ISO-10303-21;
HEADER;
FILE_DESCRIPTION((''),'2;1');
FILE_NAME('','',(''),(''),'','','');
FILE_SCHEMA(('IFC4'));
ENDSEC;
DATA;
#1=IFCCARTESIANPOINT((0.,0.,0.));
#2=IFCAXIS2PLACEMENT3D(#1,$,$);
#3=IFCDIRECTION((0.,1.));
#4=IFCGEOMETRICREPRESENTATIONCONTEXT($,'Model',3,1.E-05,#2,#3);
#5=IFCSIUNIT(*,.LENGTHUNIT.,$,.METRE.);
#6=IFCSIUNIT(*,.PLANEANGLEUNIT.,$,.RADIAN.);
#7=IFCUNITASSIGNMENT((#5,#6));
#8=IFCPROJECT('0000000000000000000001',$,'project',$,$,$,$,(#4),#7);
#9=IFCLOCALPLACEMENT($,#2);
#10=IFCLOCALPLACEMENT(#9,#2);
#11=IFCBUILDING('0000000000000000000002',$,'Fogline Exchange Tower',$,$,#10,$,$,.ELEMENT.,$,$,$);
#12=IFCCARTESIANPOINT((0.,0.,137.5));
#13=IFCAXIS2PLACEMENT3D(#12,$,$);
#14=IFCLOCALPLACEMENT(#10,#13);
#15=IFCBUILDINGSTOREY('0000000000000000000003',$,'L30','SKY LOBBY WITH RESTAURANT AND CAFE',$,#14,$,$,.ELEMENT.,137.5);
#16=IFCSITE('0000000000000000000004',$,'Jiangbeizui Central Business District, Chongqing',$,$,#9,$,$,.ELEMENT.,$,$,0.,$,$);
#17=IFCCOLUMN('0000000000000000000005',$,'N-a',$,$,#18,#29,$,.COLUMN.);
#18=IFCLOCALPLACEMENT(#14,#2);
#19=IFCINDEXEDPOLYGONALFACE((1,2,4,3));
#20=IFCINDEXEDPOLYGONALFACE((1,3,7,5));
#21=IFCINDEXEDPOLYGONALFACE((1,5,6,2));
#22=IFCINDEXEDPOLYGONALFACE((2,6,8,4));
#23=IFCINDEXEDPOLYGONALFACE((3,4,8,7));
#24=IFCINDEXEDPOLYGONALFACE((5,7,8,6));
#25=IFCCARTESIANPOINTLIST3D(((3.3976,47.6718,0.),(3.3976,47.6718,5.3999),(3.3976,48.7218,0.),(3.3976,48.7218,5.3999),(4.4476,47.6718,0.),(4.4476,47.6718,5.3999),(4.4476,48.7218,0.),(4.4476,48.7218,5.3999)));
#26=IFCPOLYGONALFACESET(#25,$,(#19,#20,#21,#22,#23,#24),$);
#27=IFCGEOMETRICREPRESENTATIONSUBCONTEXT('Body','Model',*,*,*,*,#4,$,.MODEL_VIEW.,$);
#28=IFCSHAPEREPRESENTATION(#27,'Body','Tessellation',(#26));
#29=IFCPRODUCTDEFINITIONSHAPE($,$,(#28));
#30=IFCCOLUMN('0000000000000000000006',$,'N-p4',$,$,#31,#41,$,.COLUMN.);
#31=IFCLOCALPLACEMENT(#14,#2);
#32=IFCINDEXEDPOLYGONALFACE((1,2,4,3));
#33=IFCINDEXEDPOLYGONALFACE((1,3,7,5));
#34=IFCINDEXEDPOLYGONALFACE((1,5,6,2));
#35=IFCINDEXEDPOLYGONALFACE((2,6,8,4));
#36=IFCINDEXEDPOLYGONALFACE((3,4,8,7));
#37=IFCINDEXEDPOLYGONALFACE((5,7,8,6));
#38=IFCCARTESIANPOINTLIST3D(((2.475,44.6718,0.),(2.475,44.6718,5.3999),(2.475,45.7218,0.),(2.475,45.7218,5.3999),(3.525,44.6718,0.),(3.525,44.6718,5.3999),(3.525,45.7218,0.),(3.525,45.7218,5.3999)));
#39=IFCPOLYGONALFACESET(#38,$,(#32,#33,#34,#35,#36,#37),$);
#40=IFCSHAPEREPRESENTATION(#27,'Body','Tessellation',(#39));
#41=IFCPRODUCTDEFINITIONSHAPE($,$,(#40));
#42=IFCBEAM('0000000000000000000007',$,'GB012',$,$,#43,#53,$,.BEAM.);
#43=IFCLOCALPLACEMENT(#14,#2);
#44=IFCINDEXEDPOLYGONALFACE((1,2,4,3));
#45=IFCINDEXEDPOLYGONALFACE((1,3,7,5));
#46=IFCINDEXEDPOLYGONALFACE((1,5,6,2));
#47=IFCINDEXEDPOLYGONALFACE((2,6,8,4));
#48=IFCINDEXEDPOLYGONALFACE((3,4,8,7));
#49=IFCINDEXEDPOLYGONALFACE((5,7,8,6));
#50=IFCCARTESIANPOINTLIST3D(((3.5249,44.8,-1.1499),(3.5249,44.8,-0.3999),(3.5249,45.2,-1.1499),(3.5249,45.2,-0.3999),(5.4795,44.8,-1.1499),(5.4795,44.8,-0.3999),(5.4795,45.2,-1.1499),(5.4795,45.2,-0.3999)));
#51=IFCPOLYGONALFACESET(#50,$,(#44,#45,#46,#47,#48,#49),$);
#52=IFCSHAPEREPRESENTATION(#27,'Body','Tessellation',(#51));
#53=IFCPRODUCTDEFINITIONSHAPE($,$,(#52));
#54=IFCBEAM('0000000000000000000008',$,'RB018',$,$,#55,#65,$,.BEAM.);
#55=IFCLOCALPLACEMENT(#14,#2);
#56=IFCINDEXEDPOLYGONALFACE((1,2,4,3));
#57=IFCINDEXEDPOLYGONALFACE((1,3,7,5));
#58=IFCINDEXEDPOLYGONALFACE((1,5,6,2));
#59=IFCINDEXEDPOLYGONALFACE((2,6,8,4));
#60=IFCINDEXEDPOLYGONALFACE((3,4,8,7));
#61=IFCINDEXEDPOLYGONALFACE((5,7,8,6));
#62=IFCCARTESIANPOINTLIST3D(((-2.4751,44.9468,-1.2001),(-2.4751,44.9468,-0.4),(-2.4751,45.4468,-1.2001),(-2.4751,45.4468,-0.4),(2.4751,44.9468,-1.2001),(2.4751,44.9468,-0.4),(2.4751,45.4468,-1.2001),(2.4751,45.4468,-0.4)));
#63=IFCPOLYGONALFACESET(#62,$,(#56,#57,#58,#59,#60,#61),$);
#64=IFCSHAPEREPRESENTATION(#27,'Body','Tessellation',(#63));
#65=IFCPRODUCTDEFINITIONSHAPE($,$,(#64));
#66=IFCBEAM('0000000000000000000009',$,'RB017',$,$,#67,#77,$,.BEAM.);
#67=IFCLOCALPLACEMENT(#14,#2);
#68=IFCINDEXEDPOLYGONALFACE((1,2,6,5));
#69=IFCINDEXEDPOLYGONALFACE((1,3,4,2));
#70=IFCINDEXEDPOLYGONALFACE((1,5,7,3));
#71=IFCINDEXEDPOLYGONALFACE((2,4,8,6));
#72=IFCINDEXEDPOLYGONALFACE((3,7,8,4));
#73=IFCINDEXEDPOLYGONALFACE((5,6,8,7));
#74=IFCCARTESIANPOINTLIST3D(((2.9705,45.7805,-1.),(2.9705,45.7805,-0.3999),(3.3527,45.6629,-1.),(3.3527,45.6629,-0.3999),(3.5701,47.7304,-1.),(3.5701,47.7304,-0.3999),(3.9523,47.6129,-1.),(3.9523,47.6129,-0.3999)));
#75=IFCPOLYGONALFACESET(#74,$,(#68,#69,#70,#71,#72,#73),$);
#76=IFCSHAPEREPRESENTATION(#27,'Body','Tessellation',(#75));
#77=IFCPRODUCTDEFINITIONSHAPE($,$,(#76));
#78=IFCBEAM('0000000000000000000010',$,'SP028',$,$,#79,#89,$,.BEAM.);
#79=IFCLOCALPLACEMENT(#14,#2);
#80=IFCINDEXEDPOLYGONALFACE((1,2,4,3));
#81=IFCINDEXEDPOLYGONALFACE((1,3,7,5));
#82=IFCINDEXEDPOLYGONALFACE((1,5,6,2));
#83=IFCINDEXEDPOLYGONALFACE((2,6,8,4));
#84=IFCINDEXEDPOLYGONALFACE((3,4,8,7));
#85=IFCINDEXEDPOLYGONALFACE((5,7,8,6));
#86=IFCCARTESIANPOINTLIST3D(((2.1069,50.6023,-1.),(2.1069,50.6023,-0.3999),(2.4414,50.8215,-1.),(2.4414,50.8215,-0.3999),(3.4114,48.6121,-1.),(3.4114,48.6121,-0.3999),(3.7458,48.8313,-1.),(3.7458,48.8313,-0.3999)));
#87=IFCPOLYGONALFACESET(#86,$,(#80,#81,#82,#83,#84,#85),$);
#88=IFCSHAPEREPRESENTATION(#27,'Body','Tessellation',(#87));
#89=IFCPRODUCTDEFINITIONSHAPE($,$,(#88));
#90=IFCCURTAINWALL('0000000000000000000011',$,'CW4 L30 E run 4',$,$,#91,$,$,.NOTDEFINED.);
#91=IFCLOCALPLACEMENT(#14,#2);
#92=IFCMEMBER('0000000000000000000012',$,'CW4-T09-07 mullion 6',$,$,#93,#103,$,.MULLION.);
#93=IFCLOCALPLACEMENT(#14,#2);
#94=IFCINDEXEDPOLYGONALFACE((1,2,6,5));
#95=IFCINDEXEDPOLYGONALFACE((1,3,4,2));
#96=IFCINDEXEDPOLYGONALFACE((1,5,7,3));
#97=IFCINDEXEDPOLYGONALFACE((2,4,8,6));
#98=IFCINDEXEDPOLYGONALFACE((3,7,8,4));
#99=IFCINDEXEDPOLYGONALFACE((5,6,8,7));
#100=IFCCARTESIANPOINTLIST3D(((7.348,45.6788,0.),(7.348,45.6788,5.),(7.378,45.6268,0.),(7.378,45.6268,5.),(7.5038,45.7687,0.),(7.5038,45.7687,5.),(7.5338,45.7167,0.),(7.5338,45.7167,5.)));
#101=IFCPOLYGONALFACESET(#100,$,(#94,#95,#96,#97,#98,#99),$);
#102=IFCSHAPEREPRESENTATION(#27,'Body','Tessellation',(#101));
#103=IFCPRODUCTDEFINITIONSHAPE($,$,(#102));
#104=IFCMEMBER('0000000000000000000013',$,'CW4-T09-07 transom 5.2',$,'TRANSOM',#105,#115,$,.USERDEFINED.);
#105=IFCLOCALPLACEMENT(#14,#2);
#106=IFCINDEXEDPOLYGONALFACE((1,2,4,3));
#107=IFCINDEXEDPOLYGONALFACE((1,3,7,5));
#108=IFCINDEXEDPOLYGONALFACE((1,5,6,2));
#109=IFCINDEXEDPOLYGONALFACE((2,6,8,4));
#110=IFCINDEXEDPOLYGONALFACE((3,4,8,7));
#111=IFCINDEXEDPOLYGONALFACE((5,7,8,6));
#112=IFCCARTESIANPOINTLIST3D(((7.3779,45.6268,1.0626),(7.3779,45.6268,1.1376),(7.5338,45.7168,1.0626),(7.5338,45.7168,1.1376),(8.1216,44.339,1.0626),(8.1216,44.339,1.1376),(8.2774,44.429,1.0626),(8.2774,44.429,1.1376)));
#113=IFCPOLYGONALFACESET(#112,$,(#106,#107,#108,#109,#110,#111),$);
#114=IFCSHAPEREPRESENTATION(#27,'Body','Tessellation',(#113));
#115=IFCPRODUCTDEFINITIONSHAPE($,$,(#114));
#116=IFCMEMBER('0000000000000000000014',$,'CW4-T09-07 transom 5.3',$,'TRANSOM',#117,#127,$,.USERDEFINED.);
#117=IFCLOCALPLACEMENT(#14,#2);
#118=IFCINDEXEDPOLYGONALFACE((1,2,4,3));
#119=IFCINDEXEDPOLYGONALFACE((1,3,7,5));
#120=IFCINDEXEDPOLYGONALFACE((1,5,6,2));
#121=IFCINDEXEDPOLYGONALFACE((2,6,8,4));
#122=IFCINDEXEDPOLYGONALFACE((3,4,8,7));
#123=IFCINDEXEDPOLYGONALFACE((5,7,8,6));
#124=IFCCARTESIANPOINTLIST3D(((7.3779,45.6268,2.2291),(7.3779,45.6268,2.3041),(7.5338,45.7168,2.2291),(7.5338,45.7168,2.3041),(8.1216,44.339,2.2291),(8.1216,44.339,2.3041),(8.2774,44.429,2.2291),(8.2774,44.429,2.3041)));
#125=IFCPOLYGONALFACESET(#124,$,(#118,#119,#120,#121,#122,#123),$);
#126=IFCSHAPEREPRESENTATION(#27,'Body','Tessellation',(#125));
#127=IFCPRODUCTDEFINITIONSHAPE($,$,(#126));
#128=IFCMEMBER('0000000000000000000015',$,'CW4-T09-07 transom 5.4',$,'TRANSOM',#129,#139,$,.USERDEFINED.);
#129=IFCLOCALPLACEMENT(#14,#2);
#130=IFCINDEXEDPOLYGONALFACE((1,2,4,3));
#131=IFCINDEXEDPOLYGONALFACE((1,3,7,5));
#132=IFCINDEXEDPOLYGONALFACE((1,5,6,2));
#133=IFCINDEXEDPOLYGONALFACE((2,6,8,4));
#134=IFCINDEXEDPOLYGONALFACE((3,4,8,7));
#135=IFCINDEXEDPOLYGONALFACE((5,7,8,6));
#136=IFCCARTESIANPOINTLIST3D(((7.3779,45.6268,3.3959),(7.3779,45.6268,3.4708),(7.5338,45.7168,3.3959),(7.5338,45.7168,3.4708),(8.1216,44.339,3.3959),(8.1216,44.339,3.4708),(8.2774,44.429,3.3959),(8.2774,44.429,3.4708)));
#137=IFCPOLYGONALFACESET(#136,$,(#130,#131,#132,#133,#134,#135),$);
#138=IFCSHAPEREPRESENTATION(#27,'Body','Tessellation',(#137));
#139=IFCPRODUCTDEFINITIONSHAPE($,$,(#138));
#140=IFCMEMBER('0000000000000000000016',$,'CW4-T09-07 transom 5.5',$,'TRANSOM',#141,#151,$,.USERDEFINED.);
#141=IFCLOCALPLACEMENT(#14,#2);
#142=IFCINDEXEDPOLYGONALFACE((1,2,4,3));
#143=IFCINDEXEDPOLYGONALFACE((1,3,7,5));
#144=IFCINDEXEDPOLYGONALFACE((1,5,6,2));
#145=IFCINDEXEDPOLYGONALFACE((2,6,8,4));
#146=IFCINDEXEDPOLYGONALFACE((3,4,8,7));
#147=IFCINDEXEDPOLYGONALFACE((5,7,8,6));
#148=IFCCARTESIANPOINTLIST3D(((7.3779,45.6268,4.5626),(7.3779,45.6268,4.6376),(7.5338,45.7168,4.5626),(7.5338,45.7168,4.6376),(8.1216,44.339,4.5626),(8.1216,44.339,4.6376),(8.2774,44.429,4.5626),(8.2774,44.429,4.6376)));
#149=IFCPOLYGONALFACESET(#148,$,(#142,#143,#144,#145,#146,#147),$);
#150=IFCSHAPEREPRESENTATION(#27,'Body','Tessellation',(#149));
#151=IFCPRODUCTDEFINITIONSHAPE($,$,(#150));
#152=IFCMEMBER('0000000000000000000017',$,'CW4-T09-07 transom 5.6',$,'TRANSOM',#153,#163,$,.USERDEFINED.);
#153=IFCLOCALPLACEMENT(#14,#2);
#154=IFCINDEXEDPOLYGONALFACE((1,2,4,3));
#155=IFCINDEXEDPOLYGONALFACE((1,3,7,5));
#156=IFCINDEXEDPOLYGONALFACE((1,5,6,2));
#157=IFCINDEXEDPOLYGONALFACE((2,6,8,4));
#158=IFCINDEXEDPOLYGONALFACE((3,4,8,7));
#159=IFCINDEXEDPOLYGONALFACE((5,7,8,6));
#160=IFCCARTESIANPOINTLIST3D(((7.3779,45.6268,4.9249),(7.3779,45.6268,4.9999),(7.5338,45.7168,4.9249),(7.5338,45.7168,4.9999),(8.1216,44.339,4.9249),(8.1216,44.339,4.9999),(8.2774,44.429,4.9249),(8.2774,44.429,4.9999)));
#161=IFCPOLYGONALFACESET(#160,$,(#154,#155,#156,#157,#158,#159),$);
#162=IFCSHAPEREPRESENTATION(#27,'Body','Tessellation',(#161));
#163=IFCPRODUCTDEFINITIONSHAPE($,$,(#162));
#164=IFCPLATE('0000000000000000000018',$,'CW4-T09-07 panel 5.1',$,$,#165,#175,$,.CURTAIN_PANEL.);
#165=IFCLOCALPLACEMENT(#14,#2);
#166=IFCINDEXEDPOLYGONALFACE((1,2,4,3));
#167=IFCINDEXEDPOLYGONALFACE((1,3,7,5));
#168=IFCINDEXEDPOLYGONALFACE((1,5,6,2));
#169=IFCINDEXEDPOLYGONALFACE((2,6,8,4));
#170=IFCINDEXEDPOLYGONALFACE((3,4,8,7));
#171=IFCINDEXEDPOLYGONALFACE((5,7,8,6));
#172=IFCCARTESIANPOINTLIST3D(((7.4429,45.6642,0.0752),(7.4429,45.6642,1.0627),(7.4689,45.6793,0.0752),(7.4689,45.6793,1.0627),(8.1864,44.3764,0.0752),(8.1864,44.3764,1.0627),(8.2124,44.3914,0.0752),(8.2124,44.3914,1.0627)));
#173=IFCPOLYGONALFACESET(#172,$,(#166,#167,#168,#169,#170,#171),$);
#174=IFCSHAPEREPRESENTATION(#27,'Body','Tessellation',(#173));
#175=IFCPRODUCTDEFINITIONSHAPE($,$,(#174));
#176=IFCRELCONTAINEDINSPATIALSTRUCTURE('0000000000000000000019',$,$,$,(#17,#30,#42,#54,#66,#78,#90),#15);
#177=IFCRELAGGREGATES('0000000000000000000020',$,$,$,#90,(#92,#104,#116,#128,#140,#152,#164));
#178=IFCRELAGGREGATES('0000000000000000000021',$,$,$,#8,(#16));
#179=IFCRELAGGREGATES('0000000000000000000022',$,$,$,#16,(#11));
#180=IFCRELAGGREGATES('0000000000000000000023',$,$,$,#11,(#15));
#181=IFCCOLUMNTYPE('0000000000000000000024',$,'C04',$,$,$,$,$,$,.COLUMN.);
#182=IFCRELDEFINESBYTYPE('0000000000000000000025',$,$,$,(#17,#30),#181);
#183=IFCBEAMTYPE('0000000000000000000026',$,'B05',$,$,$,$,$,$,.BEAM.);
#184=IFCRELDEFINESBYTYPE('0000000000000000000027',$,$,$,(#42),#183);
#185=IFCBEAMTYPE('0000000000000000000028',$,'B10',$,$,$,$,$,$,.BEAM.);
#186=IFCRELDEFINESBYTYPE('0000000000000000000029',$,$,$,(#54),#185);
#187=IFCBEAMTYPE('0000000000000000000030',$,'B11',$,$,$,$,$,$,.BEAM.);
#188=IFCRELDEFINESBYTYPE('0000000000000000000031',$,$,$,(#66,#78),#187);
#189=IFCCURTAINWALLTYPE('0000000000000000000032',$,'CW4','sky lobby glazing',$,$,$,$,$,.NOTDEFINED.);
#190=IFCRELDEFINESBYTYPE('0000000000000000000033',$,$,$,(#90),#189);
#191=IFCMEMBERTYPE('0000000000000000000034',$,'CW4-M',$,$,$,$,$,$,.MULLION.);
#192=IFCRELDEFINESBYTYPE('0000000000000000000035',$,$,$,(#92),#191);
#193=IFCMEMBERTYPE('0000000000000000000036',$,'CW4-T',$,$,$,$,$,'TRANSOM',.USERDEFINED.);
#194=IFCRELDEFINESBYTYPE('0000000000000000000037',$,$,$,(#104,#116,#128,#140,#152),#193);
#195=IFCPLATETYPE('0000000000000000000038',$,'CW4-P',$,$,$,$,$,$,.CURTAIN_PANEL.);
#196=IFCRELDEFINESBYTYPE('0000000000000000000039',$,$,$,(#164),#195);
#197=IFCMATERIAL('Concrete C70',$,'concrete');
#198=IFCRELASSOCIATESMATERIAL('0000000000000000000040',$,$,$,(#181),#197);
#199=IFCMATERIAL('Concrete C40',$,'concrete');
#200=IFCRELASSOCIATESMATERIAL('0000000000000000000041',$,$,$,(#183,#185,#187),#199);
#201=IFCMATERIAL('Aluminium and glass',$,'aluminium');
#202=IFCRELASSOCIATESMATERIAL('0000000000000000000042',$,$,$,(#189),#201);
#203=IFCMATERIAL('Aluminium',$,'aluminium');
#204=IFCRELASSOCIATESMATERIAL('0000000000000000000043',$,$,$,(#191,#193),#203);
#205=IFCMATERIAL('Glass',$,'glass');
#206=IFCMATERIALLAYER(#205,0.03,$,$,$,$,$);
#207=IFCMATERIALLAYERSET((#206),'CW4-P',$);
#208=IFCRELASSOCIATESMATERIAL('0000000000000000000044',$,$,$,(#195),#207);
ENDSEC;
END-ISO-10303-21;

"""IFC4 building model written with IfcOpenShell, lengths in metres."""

from ifc_helpers import new_model, si_unit, direction, frame, origin, origin_2d, place, context, subcontext, project, spatial, rectangle, extrude, material, layer, layer_set, material_profile, profile_set, type_object, element, aggregate, save


model = new_model("IFC4")

# Units and contexts
model_context = context("Model", 3, precision=1e-05, world=origin(), true_north=direction((0.0, 1.0)))
body_context = subcontext(model_context, "Body", "Model", "MODEL_VIEW")
ifc_project = project(units=[si_unit("LENGTHUNIT", "METRE"), si_unit("PLANEANGLEUNIT", "RADIAN")], contexts=[model_context])

# Site, building, storey
site_placement = place(None, origin())
site = spatial("IfcSite", under=ifc_project, at=site_placement, Name="Jiangbeizui Central Business District, Chongqing", CompositionType="ELEMENT", RefElevation=0.0)
building_placement = place(site_placement, origin())
building = spatial("IfcBuilding", under=site, at=building_placement, Name="Fogline Exchange Tower", CompositionType="ELEMENT")
storey_placement = place(building_placement, frame((0.0, 0.0, 137.5)))
storey = spatial("IfcBuildingStorey", under=building, at=storey_placement, Name="L30", Description="SKY LOBBY WITH RESTAURANT AND CAFE", CompositionType="ELEMENT", Elevation=137.5)

# Columns
ifc_material_1 = material(Name="Concrete C70", Category="concrete")
ifc_material_profile_1 = material_profile(ifc_material_1, rectangle(XDim=1.05, YDim=1.05, at=origin_2d()), Name="RC 1050x1050")
ifc_profile_set_1 = profile_set([ifc_material_profile_1], Name="Concrete C70")
column_type = type_object("IfcColumnType", Name="C04", PredefinedType="COLUMN", material=ifc_profile_set_1)
for number, where, z_axis, x_axis, name in (
    (1, (3.9226, 48.1968, 0.0), (0.0, 0.0, 1.0), (1.0, 0.0, 0.0), "N-a"),
    (2, (3.0, 45.1968, 0.0), (0.0, 0.0, 1.0), (1.0, 0.0, 0.0), "N-p4"),
):
    element("IfcColumn", number, at=place(storey_placement, frame(where, z_axis=z_axis, x_axis=x_axis)), inside=storey, type_object=column_type, Name=name, PredefinedType="COLUMN", context=body_context, shape_type="SweptSolid", body=[
        extrude(rectangle(XDim=1.05, YDim=1.05, at=origin_2d()), origin(), (0.0, 0.0, 1.0), 5.3999),
    ])

# Beams
ifc_material_2 = material(Name="Concrete C40", Category="concrete")
ifc_material_profile_2 = material_profile(ifc_material_2, rectangle(XDim=0.3999, YDim=0.75, at=origin_2d()), Name="RC 400x750")
ifc_profile_set_2 = profile_set([ifc_material_profile_2], Name="Concrete C40")
beam_type_1 = type_object("IfcBeamType", Name="B05", PredefinedType="BEAM", material=ifc_profile_set_2)
beam_1_placement = place(storey_placement, frame((3.5249, 45.0, -0.7749), z_axis=(1.0, 0.0, 0.0), x_axis=(0.0, 1.0, 0.0)))
element("IfcBeam", 3, at=beam_1_placement, inside=storey, type_object=beam_type_1, Name="GB012", PredefinedType="BEAM", context=body_context, shape_type="SweptSolid", body=[
    extrude(rectangle(XDim=0.3999, YDim=0.75, at=origin_2d()), origin(), (0.0, 0.0, 1.0), 1.9546),
])
ifc_material_profile_3 = material_profile(ifc_material_2, rectangle(XDim=0.5, YDim=0.8, at=origin_2d()), Name="RC 500x800")
ifc_profile_set_3 = profile_set([ifc_material_profile_3], Name="Concrete C40")
beam_type_2 = type_object("IfcBeamType", Name="B10", PredefinedType="BEAM", material=ifc_profile_set_3)
beam_2_placement = place(storey_placement, frame((2.4751, 45.1968, -0.8), z_axis=(-1.0, 0.0, 0.0), x_axis=(0.0, -1.0, 0.0)))
element("IfcBeam", 4, at=beam_2_placement, inside=storey, type_object=beam_type_2, Name="RB018", PredefinedType="BEAM", context=body_context, shape_type="SweptSolid", body=[
    extrude(rectangle(XDim=0.5, YDim=0.8, at=origin_2d()), origin(), (0.0, 0.0, 1.0), 4.9502),
])
ifc_material_profile_4 = material_profile(ifc_material_2, rectangle(XDim=0.3999, YDim=0.6001, at=origin_2d()), Name="RC 400x600")
ifc_profile_set_4 = profile_set([ifc_material_profile_4], Name="Concrete C40")
beam_type_3 = type_object("IfcBeamType", Name="B11", PredefinedType="BEAM", material=ifc_profile_set_4)
beam_3_placement = place(storey_placement, frame((3.7612, 47.6716, -0.7), z_axis=(-0.293918, -0.955831, 0.0), x_axis=(0.955831, -0.293918, 0.0)))
element("IfcBeam", 5, at=beam_3_placement, inside=storey, type_object=beam_type_3, Name="RB017", PredefinedType="BEAM", context=body_context, shape_type="SweptSolid", body=[
    extrude(rectangle(XDim=0.3999, YDim=0.6001, at=origin_2d()), origin(), (0.0, 0.0, 1.0), 2.04),
])
beam_4_placement = place(storey_placement, frame((3.5786, 48.7217, -0.7), z_axis=(-0.548172, 0.836365, 0.0), x_axis=(-0.836365, -0.548172, 0.0)))
element("IfcBeam", 6, at=beam_4_placement, inside=storey, type_object=beam_type_3, Name="SP028", PredefinedType="BEAM", context=body_context, shape_type="SweptSolid", body=[
    extrude(rectangle(XDim=0.3999, YDim=0.6001, at=origin_2d()), origin(), (0.0, 0.0, 1.0), 2.3796),
])

# Curtain wall, members, plate
ifc_material_3 = material(Name="Aluminium and glass", Category="aluminium")
curtain_wall_type = type_object("IfcCurtainWallType", Name="CW4", Description="sky lobby glazing", PredefinedType="NOTDEFINED", material=ifc_material_3)
curtain_wall_placement = place(storey_placement, origin())
curtain_wall = element("IfcCurtainWall", 7, at=curtain_wall_placement, inside=storey, type_object=curtain_wall_type, Name="CW4 L30 E run 4", PredefinedType="NOTDEFINED")
ifc_material_4 = material(Name="Aluminium", Category="aluminium")
ifc_material_profile_5 = material_profile(ifc_material_4, rectangle(XDim=0.1799, YDim=0.0601, at=origin_2d()), Name="Mullion 60x180")
ifc_profile_set_5 = profile_set([ifc_material_profile_5], Name="Aluminium")
member_type_1 = type_object("IfcMemberType", Name="CW4-M", PredefinedType="MULLION", material=ifc_profile_set_5)
member_1_placement = place(storey_placement, frame((7.4409, 45.6978, 0.0), z_axis=(0.0, 0.0, 1.0), x_axis=(-0.866025, -0.5, 0.0)))
member_1 = element("IfcMember", 8, at=member_1_placement, type_object=member_type_1, Name="CW4-T09-07 mullion 6", PredefinedType="MULLION", context=body_context, shape_type="SweptSolid", body=[
    extrude(rectangle(XDim=0.1799, YDim=0.0601, at=origin_2d()), origin(), (0.0, 0.0, 1.0), 5.0),
])
ifc_material_profile_6 = material_profile(ifc_material_4, rectangle(XDim=0.1799, YDim=0.075, at=origin_2d()), Name="Transom 75x180")
ifc_profile_set_6 = profile_set([ifc_material_profile_6], Name="Aluminium")
member_type_2 = type_object("IfcMemberType", Name="CW4-T", ElementType="TRANSOM", PredefinedType="USERDEFINED", material=ifc_profile_set_6)
member_2_placement = place(storey_placement, frame((8.1995, 44.384, 1.1001), z_axis=(-0.500059, 0.865991, 0.0), x_axis=(-0.865991, -0.500059, 0.0)))
member_2 = element("IfcMember", 9, at=member_2_placement, type_object=member_type_2, Name="CW4-T09-07 transom 5.2", ObjectType="TRANSOM", PredefinedType="USERDEFINED", context=body_context, shape_type="SweptSolid", body=[
    extrude(rectangle(XDim=0.1799, YDim=0.075, at=origin_2d()), origin(), (0.0, 0.0, 1.0), 1.4871),
])
member_3_placement = place(storey_placement, frame((8.1995, 44.384, 2.2666), z_axis=(-0.500059, 0.865991, 0.0), x_axis=(-0.865991, -0.500059, 0.0)))
member_3 = element("IfcMember", 10, at=member_3_placement, type_object=member_type_2, Name="CW4-T09-07 transom 5.3", ObjectType="TRANSOM", PredefinedType="USERDEFINED", context=body_context, shape_type="SweptSolid", body=[
    extrude(rectangle(XDim=0.1799, YDim=0.075, at=origin_2d()), origin(), (0.0, 0.0, 1.0), 1.4871),
])
member_4_placement = place(storey_placement, frame((8.1995, 44.384, 3.4333), z_axis=(-0.500059, 0.865991, 0.0), x_axis=(-0.865991, -0.500059, 0.0)))
member_4 = element("IfcMember", 11, at=member_4_placement, type_object=member_type_2, Name="CW4-T09-07 transom 5.4", ObjectType="TRANSOM", PredefinedType="USERDEFINED", context=body_context, shape_type="SweptSolid", body=[
    extrude(rectangle(XDim=0.1799, YDim=0.075, at=origin_2d()), origin(), (0.0, 0.0, 1.0), 1.4871),
])
member_5_placement = place(storey_placement, frame((8.1995, 44.384, 4.6001), z_axis=(-0.500059, 0.865991, 0.0), x_axis=(-0.865991, -0.500059, 0.0)))
member_5 = element("IfcMember", 12, at=member_5_placement, type_object=member_type_2, Name="CW4-T09-07 transom 5.5", ObjectType="TRANSOM", PredefinedType="USERDEFINED", context=body_context, shape_type="SweptSolid", body=[
    extrude(rectangle(XDim=0.1799, YDim=0.075, at=origin_2d()), origin(), (0.0, 0.0, 1.0), 1.4871),
])
member_6_placement = place(storey_placement, frame((8.1995, 44.384, 4.9624), z_axis=(-0.500059, 0.865991, 0.0), x_axis=(-0.865991, -0.500059, 0.0)))
member_6 = element("IfcMember", 13, at=member_6_placement, type_object=member_type_2, Name="CW4-T09-07 transom 5.6", ObjectType="TRANSOM", PredefinedType="USERDEFINED", context=body_context, shape_type="SweptSolid", body=[
    extrude(rectangle(XDim=0.1799, YDim=0.075, at=origin_2d()), origin(), (0.0, 0.0, 1.0), 1.4871),
])
ifc_material_5 = material(Name="Glass", Category="glass")
ifc_layer_1 = layer(ifc_material_5, 0.03)
ifc_layer_set_1 = layer_set([ifc_layer_1], Name="CW4-P")
plate_type = type_object("IfcPlateType", Name="CW4-P", PredefinedType="CURTAIN_PANEL", material=ifc_layer_set_1)
plate_1_placement = place(storey_placement, frame((7.8276, 45.0278, 0.0752), z_axis=(0.0, 0.0, 1.0), x_axis=(-0.5, 0.866025, 0.0)))
plate_1 = element("IfcPlate", 14, at=plate_1_placement, type_object=plate_type, Name="CW4-T09-07 panel 5.1", PredefinedType="CURTAIN_PANEL", context=body_context, shape_type="SweptSolid", body=[
    extrude(rectangle(XDim=1.4871, YDim=0.03, at=origin_2d()), origin(), (0.0, 0.0, 1.0), 0.9875),
])
aggregate(curtain_wall, [member_1, member_2, member_3, member_4, member_5, member_6, plate_1])

save(model, "model.ifc")
